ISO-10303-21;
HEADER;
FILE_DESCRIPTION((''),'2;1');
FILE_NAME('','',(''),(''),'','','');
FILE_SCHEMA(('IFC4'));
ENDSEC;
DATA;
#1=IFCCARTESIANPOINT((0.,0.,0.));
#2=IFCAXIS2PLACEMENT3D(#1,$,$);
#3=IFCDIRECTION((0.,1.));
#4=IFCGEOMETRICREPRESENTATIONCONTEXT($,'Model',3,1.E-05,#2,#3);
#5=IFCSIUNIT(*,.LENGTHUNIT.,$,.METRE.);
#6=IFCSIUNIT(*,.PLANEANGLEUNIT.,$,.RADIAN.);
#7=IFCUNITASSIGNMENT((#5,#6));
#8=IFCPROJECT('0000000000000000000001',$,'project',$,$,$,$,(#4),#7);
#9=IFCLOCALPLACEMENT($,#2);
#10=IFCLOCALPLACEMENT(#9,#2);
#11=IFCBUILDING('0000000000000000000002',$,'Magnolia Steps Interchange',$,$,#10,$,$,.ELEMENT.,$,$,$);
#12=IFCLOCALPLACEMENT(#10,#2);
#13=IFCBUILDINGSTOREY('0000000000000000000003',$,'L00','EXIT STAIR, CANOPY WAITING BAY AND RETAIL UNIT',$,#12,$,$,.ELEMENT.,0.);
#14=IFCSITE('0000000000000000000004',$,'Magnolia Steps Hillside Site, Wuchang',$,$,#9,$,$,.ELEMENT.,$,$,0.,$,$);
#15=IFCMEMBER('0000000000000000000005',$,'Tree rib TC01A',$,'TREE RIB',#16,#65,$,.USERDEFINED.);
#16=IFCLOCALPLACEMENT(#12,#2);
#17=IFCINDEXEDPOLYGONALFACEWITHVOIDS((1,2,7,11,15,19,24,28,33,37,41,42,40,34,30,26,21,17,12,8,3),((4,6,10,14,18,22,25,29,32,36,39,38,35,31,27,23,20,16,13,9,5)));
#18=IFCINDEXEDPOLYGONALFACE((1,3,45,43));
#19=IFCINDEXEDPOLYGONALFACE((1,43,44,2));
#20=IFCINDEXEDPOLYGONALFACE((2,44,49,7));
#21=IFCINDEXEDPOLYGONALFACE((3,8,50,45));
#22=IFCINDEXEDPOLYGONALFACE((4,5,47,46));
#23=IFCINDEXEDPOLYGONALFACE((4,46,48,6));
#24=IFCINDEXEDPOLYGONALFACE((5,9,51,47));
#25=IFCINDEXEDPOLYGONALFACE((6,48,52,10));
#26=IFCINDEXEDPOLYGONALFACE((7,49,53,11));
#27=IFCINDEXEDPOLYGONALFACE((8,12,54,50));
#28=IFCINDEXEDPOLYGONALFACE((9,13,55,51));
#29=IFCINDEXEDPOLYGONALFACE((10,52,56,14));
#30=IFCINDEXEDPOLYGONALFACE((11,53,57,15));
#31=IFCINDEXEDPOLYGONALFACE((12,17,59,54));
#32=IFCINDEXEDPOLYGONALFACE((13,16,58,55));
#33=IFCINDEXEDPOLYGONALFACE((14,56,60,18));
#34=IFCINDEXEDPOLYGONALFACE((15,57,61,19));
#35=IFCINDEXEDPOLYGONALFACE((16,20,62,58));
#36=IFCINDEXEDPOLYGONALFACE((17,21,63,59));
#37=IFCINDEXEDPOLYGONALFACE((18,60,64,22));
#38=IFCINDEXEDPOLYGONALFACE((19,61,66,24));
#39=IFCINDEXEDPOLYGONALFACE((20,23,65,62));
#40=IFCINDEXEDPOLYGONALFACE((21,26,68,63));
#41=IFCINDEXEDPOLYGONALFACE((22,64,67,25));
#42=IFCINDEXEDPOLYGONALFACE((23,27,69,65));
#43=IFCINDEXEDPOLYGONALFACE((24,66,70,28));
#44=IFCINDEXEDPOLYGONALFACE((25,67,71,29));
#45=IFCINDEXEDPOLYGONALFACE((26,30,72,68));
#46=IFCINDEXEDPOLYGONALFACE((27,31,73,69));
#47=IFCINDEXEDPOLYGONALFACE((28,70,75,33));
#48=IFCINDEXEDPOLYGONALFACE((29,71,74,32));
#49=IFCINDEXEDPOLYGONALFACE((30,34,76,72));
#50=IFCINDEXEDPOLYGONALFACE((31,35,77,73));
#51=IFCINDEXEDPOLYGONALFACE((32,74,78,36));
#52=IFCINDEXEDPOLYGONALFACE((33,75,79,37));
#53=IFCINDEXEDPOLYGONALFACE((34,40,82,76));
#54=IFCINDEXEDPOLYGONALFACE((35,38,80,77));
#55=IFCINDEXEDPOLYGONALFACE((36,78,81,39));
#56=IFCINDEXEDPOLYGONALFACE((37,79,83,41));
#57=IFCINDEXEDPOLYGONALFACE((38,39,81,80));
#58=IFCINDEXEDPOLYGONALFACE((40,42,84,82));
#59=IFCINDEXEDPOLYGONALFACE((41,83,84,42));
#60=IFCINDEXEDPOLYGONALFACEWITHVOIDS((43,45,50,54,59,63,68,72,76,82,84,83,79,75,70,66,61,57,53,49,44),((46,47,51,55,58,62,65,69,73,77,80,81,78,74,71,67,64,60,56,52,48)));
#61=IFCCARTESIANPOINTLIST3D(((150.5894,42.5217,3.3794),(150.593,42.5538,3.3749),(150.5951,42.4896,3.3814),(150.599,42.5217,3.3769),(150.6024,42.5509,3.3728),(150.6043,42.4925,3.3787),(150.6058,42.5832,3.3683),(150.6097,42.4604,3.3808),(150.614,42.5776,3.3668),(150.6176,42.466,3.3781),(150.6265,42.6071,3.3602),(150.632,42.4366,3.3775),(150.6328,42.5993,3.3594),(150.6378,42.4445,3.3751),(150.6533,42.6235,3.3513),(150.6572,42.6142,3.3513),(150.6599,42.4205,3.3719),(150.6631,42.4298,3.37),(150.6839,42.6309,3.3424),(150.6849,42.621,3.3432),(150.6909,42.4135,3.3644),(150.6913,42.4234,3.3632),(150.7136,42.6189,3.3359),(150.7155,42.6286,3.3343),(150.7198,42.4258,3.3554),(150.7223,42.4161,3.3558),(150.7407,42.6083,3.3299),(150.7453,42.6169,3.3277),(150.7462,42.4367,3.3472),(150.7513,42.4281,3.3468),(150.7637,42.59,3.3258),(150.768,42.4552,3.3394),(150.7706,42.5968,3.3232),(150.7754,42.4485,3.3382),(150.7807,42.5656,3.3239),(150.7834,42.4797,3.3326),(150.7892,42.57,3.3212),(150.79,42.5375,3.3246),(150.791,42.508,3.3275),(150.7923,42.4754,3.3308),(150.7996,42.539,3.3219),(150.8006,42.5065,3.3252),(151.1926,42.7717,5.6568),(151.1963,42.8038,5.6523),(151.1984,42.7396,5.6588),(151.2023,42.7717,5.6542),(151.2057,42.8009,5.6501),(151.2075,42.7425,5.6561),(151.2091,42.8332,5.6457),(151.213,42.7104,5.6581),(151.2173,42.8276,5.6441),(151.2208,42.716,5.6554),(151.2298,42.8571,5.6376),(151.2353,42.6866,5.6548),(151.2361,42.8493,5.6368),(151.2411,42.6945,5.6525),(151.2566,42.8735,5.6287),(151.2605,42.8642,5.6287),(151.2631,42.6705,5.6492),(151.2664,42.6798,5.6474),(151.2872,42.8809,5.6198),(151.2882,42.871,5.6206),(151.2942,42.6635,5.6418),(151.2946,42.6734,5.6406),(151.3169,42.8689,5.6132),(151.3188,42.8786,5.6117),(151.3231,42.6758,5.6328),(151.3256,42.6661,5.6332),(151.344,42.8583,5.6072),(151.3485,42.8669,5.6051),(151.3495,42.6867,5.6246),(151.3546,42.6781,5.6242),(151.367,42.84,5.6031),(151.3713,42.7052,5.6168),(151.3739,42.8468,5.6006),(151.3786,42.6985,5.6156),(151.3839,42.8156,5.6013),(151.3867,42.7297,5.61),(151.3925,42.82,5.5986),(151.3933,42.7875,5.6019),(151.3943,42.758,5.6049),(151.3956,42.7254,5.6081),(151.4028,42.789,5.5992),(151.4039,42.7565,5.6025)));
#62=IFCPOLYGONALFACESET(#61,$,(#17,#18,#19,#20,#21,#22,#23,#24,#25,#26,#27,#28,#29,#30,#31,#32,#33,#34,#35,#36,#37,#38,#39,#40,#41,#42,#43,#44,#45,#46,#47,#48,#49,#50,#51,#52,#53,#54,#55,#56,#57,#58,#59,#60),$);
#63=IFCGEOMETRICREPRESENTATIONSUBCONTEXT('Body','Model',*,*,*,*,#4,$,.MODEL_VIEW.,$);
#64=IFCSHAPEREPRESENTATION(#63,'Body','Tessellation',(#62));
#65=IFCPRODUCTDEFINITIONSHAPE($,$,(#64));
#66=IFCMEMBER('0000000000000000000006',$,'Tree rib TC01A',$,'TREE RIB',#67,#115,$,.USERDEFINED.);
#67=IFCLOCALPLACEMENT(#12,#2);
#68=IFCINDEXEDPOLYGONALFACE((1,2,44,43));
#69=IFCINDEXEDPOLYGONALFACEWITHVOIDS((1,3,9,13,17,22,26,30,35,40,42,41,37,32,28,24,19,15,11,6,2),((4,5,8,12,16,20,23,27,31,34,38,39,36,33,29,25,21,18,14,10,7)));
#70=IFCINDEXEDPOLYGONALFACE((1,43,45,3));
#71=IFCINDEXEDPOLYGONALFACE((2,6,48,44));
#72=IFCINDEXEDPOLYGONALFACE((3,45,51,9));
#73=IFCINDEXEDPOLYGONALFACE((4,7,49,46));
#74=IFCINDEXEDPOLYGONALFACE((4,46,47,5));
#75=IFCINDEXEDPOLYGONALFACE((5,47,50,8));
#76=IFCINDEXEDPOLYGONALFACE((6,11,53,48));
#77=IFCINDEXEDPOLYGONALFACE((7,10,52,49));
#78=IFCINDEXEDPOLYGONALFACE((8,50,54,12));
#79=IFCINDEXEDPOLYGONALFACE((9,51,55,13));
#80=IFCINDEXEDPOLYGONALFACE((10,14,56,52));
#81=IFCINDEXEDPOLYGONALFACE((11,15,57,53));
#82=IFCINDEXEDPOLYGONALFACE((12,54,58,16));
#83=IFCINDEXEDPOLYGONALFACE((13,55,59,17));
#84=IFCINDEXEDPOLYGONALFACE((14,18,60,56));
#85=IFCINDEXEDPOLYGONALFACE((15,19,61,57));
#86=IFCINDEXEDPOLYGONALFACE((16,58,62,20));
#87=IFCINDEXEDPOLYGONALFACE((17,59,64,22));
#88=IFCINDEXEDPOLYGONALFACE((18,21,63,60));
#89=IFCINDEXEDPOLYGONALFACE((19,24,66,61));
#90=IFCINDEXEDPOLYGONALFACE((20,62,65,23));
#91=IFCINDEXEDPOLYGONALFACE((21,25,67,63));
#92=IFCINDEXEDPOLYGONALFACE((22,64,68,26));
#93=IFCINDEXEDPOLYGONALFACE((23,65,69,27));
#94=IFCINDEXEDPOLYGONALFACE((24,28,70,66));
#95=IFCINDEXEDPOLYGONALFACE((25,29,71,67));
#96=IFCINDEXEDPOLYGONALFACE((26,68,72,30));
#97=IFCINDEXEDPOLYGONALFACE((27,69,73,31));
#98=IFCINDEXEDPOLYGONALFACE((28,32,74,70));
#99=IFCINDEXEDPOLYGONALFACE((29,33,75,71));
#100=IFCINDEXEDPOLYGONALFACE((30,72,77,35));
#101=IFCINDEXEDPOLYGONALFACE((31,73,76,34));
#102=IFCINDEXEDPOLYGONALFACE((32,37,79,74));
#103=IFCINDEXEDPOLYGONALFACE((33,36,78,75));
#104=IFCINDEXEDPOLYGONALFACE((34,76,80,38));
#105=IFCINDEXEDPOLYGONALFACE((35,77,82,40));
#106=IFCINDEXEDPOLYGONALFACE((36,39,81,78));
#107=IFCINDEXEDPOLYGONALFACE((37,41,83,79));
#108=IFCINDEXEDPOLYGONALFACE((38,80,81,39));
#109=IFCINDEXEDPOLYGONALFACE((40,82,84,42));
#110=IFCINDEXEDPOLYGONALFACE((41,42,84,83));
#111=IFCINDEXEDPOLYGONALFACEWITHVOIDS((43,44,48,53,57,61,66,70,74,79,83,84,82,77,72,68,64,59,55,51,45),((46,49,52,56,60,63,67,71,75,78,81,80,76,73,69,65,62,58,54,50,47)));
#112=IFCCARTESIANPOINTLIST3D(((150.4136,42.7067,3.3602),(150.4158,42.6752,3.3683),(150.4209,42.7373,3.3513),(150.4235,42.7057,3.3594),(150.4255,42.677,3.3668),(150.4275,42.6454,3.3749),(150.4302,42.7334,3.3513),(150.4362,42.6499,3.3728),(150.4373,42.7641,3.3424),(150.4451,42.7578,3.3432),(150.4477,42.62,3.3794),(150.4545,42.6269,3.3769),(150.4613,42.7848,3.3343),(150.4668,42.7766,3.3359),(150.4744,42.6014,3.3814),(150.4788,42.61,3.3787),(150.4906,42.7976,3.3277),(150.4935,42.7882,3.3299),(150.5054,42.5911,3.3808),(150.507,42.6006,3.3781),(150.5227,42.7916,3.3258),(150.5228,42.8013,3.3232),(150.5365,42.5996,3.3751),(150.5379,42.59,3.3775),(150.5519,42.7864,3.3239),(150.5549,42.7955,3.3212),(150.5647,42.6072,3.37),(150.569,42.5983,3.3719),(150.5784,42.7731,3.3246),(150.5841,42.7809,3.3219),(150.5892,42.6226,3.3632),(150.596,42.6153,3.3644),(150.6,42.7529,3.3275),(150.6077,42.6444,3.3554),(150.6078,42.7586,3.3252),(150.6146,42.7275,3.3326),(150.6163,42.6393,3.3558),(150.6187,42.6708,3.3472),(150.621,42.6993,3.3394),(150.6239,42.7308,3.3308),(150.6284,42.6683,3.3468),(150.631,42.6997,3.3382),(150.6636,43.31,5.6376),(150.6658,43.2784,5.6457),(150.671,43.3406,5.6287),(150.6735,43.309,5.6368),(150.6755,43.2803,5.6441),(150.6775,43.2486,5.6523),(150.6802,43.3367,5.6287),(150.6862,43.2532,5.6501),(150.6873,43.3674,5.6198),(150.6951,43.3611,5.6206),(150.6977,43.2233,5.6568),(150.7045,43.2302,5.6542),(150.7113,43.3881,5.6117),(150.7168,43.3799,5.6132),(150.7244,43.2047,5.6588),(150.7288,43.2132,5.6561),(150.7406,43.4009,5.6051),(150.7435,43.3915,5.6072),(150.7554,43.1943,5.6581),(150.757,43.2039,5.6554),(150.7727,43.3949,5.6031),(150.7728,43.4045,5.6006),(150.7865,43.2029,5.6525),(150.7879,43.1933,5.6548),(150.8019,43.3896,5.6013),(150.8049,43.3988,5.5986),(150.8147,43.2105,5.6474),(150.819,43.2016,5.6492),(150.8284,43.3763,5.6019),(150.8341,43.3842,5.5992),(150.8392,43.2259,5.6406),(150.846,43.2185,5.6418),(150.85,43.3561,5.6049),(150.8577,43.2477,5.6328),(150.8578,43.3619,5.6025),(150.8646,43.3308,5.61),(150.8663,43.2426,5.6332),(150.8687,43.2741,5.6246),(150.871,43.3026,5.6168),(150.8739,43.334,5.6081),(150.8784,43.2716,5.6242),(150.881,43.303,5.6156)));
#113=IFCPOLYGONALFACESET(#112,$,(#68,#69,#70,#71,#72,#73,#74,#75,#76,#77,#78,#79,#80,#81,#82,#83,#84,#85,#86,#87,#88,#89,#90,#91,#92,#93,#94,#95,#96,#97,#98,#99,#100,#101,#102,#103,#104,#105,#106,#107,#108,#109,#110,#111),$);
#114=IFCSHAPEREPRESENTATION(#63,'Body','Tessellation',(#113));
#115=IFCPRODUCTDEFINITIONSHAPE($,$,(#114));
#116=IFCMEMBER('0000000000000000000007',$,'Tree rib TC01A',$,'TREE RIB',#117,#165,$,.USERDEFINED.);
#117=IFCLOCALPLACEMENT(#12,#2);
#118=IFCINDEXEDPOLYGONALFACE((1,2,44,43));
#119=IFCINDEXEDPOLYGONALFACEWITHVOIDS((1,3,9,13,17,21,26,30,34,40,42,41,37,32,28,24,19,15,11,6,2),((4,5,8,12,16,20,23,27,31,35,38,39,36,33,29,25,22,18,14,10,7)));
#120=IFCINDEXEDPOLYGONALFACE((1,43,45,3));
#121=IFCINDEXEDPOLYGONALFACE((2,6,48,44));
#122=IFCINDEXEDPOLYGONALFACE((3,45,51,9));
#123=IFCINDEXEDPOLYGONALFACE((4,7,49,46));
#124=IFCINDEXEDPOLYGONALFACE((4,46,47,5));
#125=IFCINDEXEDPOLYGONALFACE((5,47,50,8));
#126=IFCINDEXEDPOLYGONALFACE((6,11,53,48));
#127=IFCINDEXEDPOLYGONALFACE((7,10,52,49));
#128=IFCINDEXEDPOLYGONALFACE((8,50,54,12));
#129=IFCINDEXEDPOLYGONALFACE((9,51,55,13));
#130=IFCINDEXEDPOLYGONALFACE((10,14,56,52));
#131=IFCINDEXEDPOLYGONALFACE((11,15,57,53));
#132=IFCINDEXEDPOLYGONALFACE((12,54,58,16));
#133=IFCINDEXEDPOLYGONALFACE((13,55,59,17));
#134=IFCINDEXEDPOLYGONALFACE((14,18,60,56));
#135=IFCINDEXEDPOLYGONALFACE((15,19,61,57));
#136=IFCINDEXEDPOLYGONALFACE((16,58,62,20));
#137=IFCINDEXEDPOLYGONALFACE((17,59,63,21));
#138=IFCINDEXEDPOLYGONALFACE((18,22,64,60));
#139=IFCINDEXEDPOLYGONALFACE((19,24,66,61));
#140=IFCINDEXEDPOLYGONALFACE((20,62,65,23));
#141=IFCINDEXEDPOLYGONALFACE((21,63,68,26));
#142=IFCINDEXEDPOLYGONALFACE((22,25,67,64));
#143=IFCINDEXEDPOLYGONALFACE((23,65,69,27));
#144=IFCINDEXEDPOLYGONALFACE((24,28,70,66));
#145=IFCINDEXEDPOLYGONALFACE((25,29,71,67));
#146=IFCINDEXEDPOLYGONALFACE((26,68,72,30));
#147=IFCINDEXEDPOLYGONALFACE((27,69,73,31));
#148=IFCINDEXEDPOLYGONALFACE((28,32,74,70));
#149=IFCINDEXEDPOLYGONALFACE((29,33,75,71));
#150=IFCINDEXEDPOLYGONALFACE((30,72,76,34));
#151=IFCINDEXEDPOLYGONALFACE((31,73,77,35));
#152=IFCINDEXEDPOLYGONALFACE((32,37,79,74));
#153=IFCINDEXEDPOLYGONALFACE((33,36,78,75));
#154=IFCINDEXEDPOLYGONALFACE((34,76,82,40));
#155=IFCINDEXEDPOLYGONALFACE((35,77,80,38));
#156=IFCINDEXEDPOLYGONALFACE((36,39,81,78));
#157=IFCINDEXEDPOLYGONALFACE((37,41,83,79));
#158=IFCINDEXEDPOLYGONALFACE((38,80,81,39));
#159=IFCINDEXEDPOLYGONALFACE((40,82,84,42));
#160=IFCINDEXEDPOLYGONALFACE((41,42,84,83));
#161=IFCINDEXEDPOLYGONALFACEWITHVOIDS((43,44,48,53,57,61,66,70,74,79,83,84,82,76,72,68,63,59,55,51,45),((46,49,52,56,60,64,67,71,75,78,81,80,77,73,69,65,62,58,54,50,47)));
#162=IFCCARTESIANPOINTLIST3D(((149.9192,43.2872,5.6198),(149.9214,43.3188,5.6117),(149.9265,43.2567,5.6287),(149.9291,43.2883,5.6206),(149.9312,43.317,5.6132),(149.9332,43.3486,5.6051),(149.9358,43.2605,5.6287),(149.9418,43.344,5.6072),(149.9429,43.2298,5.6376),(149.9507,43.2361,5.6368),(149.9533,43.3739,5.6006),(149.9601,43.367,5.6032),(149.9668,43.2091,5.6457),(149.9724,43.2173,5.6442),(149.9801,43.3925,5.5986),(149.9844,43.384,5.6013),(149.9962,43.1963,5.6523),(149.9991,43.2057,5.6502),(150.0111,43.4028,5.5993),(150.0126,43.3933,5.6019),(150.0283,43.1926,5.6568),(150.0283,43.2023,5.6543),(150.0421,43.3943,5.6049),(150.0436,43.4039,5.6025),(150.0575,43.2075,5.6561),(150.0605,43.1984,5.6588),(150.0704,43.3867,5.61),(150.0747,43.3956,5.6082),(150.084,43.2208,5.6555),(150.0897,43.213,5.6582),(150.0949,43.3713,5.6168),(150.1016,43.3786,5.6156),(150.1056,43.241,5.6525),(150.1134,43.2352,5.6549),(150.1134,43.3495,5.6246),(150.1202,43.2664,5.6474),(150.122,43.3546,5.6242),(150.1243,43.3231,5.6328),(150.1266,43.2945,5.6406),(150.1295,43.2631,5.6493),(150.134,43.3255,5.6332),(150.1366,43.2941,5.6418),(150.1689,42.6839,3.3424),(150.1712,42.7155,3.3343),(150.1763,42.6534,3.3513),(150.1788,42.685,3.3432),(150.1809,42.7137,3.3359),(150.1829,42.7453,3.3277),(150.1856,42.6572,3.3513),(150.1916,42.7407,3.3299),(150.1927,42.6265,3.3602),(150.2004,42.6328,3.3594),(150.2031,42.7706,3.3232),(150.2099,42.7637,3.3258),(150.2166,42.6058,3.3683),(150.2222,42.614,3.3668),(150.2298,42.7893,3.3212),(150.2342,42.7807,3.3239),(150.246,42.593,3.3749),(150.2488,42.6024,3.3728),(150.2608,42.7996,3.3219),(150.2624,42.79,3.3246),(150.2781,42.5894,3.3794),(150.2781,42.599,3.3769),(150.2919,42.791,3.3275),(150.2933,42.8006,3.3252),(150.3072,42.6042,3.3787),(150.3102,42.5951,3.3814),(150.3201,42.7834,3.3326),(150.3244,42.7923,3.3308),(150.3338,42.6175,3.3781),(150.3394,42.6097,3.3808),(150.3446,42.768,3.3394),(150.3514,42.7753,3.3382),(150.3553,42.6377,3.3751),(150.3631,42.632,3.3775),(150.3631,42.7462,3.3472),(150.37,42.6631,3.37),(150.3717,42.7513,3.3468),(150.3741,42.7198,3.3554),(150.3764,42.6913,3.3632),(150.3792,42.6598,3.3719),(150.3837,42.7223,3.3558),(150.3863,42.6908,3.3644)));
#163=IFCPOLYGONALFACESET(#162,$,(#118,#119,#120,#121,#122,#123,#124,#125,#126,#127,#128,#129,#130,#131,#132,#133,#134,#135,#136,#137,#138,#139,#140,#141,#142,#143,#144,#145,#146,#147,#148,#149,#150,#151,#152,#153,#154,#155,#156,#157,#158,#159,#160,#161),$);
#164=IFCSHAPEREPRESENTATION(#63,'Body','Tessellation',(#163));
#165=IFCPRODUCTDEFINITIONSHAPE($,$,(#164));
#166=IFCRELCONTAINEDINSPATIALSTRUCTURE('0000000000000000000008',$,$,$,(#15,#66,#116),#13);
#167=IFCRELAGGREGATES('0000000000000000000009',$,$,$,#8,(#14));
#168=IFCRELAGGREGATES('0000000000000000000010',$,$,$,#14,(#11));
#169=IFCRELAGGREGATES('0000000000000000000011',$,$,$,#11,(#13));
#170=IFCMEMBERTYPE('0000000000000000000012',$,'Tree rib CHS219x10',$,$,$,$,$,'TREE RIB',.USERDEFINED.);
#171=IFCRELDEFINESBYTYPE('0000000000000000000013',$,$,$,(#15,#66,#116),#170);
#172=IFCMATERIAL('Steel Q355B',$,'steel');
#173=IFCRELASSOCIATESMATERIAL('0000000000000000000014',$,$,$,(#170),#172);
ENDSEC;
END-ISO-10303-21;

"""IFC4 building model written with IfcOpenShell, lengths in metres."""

from ifc_helpers import new_model, si_unit, direction, frame, origin, origin_2d, place, context, subcontext, project, spatial, hollow_circle, extrude, material, material_profile, profile_set, type_object, element, save


model = new_model("IFC4")

# Units and contexts
model_context = context("Model", 3, precision=1e-05, world=origin(), true_north=direction((0.0, 1.0)))
body_context = subcontext(model_context, "Body", "Model", "MODEL_VIEW")
ifc_project = project(units=[si_unit("LENGTHUNIT", "METRE"), si_unit("PLANEANGLEUNIT", "RADIAN")], contexts=[model_context])

# Site, building, storey
site_placement = place(None, origin())
site = spatial("IfcSite", under=ifc_project, at=site_placement, Name="Magnolia Steps Hillside Site, Wuchang", CompositionType="ELEMENT", RefElevation=0.0)
building_placement = place(site_placement, origin())
building = spatial("IfcBuilding", under=site, at=building_placement, Name="Magnolia Steps Interchange", CompositionType="ELEMENT")
storey_placement = place(building_placement, origin())
storey = spatial("IfcBuildingStorey", under=building, at=storey_placement, Name="L00", Description="EXIT STAIR, CANOPY WAITING BAY AND RETAIL UNIT", CompositionType="ELEMENT", Elevation=0.0)

# Members
ifc_material_1 = material(Name="Steel Q355B", Category="steel")
ifc_material_profile_1 = material_profile(ifc_material_1, hollow_circle(Radius=0.1096, WallThickness=0.01, at=origin_2d()), Name="CHS219x10")
ifc_profile_set_1 = profile_set([ifc_material_profile_1], Name="Steel Q355B")
member_type = type_object("IfcMemberType", Name="Tree rib CHS219x10", ElementType="TREE RIB", PredefinedType="USERDEFINED", material=ifc_profile_set_1)
for number, where, z_axis, x_axis, name in (
    (1, (150.6953, 42.5222, 3.3513), (0.254639, 0.105524, 0.961261), (-0.382836, 0.923816, 0.0), "Tree rib TC01A"),
    (2, (150.5222, 42.6953, 3.3513), (0.105524, 0.254639, 0.961261), (-0.923816, 0.382836, 0.0), "Tree rib TC01A"),
    (3, (150.2776, 42.6953, 3.3513), (-0.105422, 0.254642, 0.961272), (-0.923948, -0.382517, 0.0), "Tree rib TC01A"),
):
    element("IfcMember", number, at=place(storey_placement, frame(where, z_axis=z_axis, x_axis=x_axis)), inside=storey, type_object=member_type, Name=name, ObjectType="TREE RIB", PredefinedType="USERDEFINED", context=body_context, shape_type="SweptSolid", body=[
        extrude(hollow_circle(Radius=0.1096, WallThickness=0.01, at=origin_2d()), origin(), (0.0, 0.0, 1.0), 2.3691),
    ])

save(model, "model.ifc")
